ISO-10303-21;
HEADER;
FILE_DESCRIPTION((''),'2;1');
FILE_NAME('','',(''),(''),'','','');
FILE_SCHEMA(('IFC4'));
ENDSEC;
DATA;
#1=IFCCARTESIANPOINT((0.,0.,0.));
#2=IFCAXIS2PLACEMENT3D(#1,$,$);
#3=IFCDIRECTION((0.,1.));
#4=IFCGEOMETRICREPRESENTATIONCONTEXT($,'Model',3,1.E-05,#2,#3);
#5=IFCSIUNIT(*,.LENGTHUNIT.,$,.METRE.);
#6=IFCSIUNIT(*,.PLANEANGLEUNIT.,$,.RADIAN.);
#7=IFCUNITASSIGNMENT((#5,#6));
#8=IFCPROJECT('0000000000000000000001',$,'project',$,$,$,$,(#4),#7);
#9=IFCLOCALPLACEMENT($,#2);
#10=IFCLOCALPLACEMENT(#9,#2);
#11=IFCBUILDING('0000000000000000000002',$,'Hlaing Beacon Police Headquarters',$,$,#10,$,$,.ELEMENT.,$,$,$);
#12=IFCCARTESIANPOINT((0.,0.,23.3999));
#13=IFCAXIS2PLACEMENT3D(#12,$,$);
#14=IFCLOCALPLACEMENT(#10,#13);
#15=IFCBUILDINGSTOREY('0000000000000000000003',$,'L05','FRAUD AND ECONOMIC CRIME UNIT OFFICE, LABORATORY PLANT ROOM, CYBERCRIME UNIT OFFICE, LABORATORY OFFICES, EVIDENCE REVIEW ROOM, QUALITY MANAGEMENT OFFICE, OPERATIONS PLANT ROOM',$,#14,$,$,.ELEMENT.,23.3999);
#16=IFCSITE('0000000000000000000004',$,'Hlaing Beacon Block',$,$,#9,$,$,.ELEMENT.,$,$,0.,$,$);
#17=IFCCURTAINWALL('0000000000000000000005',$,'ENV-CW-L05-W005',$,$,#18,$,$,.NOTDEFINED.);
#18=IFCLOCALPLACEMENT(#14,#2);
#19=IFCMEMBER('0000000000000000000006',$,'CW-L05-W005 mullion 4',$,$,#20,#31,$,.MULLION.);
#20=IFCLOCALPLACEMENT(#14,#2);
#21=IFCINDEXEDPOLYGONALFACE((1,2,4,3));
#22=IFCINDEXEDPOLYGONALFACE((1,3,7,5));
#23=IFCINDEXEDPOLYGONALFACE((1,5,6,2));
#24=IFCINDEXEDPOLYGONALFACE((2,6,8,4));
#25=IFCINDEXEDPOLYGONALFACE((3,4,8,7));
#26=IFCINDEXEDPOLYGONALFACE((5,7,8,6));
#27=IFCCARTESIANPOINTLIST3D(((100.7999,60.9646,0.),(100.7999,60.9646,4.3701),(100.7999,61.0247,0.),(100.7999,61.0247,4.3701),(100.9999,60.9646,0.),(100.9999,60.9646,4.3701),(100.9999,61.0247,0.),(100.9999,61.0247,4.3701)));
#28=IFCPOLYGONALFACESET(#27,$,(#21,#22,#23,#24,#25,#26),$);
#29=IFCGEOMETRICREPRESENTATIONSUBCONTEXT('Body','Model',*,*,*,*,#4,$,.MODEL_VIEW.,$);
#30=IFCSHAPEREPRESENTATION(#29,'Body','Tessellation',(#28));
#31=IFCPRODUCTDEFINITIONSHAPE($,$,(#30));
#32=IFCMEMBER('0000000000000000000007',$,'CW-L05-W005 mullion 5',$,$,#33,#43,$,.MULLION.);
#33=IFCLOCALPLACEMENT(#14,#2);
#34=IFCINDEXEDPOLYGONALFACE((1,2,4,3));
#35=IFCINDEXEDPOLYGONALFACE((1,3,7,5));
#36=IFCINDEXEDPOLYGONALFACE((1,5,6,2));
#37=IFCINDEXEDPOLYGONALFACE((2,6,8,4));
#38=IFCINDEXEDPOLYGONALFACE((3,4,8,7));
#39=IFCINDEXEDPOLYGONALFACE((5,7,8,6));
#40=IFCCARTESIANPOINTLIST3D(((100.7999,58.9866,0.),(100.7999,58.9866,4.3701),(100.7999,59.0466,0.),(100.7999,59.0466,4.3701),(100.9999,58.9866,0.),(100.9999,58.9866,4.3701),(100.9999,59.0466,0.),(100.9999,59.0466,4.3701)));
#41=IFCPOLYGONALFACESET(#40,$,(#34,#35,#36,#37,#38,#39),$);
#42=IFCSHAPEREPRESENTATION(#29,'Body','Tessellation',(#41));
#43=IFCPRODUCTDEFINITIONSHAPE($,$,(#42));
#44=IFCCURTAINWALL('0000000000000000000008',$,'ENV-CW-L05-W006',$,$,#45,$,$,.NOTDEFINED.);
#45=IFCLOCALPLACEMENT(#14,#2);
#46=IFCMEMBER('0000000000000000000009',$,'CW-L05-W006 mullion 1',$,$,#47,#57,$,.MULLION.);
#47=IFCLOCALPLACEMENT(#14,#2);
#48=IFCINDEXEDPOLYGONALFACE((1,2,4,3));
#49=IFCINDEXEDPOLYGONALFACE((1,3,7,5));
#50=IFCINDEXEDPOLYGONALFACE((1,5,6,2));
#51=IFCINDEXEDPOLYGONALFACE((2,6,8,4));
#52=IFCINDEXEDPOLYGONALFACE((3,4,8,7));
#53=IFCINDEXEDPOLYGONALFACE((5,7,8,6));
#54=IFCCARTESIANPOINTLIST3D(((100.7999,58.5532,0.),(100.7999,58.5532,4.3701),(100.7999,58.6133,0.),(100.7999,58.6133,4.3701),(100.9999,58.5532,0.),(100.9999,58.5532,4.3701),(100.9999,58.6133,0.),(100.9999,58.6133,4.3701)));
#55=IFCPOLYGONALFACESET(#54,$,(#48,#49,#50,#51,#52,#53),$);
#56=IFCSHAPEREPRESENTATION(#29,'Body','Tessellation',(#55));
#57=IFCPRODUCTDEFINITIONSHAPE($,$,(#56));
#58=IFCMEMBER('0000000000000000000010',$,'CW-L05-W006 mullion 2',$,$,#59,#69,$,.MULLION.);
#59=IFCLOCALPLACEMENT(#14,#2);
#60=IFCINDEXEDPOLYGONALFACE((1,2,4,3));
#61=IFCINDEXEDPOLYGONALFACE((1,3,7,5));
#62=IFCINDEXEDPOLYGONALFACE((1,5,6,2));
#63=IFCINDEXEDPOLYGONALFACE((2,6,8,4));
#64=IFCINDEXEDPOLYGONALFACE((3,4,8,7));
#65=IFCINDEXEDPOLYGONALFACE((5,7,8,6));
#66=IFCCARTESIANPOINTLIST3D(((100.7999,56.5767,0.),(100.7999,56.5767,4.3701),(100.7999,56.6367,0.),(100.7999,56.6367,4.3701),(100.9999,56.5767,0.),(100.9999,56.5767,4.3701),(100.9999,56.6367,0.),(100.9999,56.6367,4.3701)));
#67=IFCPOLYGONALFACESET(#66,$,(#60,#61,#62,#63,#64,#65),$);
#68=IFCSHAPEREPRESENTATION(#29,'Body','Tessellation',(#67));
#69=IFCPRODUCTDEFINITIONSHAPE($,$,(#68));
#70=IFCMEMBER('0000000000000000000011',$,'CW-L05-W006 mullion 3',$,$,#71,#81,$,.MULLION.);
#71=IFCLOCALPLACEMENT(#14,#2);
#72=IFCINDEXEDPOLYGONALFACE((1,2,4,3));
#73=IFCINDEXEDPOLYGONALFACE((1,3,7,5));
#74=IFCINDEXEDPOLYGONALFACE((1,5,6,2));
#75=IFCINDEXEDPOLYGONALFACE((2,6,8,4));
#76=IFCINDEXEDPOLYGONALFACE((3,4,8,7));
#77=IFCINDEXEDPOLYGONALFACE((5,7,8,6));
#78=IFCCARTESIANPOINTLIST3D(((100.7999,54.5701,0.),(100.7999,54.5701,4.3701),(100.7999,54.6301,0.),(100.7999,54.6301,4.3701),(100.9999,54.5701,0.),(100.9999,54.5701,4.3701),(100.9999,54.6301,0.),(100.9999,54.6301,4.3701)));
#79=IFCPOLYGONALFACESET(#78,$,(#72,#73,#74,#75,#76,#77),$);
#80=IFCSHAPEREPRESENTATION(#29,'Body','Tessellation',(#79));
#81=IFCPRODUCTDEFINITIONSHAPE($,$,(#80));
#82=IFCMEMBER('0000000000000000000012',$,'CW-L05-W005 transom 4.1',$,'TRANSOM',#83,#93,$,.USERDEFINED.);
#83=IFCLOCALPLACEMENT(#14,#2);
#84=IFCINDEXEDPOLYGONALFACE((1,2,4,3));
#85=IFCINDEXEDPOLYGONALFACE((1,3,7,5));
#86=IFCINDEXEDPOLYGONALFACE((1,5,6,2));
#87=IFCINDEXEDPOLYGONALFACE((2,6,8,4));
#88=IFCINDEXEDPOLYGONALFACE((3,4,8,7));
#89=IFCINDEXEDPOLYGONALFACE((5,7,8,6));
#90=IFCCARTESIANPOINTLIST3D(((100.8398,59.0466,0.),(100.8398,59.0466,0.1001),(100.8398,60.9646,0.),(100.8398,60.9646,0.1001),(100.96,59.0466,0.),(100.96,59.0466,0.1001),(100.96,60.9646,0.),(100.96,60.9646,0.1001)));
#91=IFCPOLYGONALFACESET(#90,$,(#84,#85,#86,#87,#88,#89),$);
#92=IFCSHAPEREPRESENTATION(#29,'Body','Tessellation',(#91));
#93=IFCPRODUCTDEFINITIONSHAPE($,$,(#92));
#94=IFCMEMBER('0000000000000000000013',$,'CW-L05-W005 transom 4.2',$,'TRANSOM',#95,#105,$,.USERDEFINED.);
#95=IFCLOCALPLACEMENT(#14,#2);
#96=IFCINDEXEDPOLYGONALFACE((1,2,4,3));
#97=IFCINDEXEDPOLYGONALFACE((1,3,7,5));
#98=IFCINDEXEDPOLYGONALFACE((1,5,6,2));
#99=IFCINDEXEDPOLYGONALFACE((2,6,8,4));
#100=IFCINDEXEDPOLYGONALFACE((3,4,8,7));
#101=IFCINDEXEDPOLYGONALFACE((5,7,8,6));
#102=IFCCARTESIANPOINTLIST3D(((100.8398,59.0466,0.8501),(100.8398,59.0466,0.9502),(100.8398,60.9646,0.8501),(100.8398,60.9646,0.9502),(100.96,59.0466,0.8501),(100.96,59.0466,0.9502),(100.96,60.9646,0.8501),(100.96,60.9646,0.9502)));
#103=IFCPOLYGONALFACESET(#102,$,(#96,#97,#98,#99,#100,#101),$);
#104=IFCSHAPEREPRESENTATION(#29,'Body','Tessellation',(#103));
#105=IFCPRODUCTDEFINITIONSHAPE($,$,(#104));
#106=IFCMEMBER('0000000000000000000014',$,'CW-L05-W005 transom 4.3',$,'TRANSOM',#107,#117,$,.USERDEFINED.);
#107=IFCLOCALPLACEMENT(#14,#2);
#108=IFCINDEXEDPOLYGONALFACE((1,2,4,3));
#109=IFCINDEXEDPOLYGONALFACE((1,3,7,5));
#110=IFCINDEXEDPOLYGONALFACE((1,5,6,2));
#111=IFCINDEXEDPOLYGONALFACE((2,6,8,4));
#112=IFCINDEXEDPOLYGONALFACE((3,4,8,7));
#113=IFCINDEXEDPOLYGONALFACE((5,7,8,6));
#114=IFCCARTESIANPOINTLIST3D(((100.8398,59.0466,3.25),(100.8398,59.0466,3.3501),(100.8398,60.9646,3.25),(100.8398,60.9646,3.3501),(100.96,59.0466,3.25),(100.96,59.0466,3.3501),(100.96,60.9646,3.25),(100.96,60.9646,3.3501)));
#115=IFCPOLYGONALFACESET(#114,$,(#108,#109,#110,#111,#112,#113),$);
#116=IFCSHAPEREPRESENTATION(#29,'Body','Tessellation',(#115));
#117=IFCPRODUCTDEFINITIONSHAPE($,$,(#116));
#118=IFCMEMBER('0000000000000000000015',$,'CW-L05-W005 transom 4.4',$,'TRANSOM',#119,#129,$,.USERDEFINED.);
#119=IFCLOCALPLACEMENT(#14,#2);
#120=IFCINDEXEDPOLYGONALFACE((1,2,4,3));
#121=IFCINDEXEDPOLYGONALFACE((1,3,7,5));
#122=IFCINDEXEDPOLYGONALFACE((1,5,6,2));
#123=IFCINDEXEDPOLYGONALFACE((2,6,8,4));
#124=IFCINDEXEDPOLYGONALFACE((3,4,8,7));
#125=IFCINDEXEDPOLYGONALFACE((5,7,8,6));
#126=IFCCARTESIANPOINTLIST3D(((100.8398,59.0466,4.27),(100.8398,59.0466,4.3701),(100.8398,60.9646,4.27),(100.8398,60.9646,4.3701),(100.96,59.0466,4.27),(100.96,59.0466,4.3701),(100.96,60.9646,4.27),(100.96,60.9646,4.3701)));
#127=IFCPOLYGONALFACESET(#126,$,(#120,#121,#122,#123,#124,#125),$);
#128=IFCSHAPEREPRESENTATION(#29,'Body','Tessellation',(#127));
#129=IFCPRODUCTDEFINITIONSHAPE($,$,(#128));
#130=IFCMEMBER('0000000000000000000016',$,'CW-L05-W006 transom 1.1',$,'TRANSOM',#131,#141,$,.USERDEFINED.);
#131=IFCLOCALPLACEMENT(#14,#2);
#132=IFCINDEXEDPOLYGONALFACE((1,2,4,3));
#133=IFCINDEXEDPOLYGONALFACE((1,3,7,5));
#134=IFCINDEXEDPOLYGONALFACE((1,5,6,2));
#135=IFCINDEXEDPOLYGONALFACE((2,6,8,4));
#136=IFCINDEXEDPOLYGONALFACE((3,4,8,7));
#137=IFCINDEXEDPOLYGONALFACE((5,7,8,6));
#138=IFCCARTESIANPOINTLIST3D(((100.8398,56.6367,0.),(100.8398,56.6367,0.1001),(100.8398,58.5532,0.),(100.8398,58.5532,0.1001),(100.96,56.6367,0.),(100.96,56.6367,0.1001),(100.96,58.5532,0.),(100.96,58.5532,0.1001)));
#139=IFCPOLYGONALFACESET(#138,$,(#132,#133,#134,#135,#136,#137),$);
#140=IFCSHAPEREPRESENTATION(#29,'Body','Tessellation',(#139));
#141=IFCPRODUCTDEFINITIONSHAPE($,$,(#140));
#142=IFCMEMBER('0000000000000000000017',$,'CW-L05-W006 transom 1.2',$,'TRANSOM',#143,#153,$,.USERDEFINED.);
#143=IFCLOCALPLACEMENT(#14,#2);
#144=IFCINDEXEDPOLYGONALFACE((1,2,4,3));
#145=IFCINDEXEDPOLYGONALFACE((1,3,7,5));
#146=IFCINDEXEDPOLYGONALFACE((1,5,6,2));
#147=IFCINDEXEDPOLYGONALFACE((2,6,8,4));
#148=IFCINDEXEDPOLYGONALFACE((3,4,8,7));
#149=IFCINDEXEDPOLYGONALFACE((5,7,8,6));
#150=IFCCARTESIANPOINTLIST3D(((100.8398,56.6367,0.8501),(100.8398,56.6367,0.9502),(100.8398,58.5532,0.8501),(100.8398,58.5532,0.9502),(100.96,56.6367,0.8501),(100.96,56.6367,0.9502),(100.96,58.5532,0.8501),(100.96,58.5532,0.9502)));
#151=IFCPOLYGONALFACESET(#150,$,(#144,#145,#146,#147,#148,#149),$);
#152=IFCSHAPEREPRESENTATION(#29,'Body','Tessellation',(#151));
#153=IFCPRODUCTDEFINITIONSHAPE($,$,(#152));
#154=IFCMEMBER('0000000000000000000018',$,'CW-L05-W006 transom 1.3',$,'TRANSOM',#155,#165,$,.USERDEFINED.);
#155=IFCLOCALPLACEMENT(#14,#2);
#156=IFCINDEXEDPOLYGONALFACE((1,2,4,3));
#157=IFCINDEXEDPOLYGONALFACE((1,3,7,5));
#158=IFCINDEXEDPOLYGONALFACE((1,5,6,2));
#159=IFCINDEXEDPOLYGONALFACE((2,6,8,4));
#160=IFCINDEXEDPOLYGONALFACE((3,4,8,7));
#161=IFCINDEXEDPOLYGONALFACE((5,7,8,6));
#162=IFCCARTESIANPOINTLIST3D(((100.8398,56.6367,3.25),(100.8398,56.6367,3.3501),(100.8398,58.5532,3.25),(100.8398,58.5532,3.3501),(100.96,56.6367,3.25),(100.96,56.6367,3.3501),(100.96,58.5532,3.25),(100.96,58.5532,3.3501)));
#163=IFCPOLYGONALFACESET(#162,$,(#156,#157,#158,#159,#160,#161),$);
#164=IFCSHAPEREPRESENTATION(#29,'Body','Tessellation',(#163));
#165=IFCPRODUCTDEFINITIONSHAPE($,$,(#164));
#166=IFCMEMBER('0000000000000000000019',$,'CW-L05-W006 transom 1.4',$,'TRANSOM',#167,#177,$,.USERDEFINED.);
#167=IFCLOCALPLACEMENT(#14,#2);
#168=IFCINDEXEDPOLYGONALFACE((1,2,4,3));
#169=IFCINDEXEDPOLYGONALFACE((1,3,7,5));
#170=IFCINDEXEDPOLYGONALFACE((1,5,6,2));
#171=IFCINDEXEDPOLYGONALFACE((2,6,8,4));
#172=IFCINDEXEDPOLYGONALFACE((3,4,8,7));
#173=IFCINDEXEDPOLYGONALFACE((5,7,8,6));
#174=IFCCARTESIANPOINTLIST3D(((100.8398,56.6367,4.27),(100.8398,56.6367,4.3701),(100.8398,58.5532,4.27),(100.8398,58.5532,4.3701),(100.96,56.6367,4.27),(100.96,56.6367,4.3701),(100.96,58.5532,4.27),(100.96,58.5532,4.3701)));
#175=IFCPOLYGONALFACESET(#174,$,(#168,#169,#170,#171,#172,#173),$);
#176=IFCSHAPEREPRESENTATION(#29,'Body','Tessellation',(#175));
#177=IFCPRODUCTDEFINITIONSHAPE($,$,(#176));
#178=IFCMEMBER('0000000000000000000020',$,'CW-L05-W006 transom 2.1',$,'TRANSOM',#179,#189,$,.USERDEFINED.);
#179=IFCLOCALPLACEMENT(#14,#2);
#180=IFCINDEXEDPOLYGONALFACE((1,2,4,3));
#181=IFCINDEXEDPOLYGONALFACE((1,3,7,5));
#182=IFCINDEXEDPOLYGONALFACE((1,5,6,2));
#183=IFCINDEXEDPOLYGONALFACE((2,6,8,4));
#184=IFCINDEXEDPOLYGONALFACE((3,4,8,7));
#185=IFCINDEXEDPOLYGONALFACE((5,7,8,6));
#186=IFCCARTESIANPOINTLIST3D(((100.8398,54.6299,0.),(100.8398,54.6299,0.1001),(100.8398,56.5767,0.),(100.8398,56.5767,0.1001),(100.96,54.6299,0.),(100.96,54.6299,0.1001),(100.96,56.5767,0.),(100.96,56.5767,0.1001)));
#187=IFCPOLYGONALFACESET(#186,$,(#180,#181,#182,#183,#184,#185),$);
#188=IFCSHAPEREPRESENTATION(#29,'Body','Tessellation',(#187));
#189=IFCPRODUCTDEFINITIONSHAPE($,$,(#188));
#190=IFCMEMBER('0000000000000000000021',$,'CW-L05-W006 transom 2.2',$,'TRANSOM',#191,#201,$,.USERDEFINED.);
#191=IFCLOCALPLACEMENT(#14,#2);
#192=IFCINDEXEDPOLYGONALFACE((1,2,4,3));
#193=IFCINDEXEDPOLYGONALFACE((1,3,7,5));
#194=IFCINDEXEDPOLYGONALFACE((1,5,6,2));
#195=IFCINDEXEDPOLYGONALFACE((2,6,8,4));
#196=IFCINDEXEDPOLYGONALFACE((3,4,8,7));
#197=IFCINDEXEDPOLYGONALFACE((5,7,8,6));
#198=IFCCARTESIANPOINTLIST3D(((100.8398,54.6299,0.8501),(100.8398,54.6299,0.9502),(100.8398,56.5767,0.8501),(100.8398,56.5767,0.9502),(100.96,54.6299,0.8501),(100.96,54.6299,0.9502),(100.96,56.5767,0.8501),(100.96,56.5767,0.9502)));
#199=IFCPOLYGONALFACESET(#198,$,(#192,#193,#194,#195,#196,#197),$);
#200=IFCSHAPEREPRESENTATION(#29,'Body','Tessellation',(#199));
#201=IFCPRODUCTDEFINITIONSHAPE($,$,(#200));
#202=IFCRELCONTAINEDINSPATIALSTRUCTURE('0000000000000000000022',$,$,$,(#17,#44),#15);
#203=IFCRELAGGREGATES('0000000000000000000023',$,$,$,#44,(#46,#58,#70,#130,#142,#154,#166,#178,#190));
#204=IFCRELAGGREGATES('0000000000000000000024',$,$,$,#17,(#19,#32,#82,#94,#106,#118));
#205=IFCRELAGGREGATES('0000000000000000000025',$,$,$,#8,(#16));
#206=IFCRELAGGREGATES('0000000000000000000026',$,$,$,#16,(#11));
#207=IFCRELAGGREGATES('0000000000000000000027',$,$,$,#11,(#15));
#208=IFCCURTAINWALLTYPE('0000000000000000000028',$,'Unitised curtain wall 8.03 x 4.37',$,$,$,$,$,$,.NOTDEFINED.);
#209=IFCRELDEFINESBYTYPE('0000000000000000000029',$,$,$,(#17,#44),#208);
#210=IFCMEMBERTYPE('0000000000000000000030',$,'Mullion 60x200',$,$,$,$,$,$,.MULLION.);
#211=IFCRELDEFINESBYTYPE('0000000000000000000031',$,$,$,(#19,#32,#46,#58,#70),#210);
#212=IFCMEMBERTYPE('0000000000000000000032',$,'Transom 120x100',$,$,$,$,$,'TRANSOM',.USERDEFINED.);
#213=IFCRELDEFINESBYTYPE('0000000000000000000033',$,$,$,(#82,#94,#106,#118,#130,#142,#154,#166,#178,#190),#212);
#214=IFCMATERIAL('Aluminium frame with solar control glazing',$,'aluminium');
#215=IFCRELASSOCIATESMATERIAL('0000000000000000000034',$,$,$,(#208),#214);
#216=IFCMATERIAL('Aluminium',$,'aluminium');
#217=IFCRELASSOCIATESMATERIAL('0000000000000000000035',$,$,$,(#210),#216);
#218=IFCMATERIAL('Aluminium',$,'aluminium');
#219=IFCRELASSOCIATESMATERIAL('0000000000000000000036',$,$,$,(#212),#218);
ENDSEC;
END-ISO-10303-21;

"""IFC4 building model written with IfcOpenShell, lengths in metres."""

from ifc_helpers import new_model, si_unit, direction, frame, origin, origin_2d, place, context, subcontext, project, spatial, rectangle, extrude, material, material_profile, profile_set, type_object, element, aggregate, save


model = new_model("IFC4")

# Units and contexts
model_context = context("Model", 3, precision=1e-05, world=origin(), true_north=direction((0.0, 1.0)))
body_context = subcontext(model_context, "Body", "Model", "MODEL_VIEW")
ifc_project = project(units=[si_unit("LENGTHUNIT", "METRE"), si_unit("PLANEANGLEUNIT", "RADIAN")], contexts=[model_context])

# Site, building, storey
site_placement = place(None, origin())
site = spatial("IfcSite", under=ifc_project, at=site_placement, Name="Hlaing Beacon Block", CompositionType="ELEMENT", RefElevation=0.0)
building_placement = place(site_placement, origin())
building = spatial("IfcBuilding", under=site, at=building_placement, Name="Hlaing Beacon Police Headquarters", CompositionType="ELEMENT")
storey_placement = place(building_placement, frame((0.0, 0.0, 23.3999)))
storey = spatial("IfcBuildingStorey", under=building, at=storey_placement, Name="L05", Description="FRAUD AND ECONOMIC CRIME UNIT OFFICE, LABORATORY PLANT ROOM, CYBERCRIME UNIT OFFICE, LABORATORY OFFICES, EVIDENCE REVIEW ROOM, QUALITY MANAGEMENT OFFICE, OPERATIONS PLANT ROOM", CompositionType="ELEMENT", Elevation=23.3999)

# Curtain walls, members
ifc_material_1 = material(Name="Aluminium frame with solar control glazing", Category="aluminium")
curtain_wall_type = type_object("IfcCurtainWallType", Name="Unitised curtain wall 8.03 x 4.37", PredefinedType="NOTDEFINED", material=ifc_material_1)
curtain_wall_1_placement = place(storey_placement, origin())
curtain_wall_1 = element("IfcCurtainWall", 1, at=curtain_wall_1_placement, inside=storey, type_object=curtain_wall_type, Name="ENV-CW-L05-W005", PredefinedType="NOTDEFINED")
ifc_material_2 = material(Name="Aluminium", Category="aluminium")
ifc_material_profile_1 = material_profile(ifc_material_2, rectangle(XDim=0.2, YDim=0.0601, at=origin_2d()), Name="Mullion 60x200")
ifc_profile_set_1 = profile_set([ifc_material_profile_1], Name="Aluminium")
member_type_1 = type_object("IfcMemberType", Name="Mullion 60x200", PredefinedType="MULLION", material=ifc_profile_set_1)
member_1_placement = place(storey_placement, frame((100.8999, 60.9946, 0.0), z_axis=(0.0, 0.0, 1.0), x_axis=(1.0, 0.0, 0.0)))
member_1 = element("IfcMember", 2, at=member_1_placement, type_object=member_type_1, Name="CW-L05-W005 mullion 4", PredefinedType="MULLION", context=body_context, shape_type="SweptSolid", body=[
    extrude(rectangle(XDim=0.2, YDim=0.0601, at=origin_2d()), origin(), (0.0, 0.0, 1.0), 4.3701),
])
member_2_placement = place(storey_placement, frame((100.8999, 59.0166, 0.0), z_axis=(0.0, 0.0, 1.0), x_axis=(1.0, 0.0, 0.0)))
member_2 = element("IfcMember", 3, at=member_2_placement, type_object=member_type_1, Name="CW-L05-W005 mullion 5", PredefinedType="MULLION", context=body_context, shape_type="SweptSolid", body=[
    extrude(rectangle(XDim=0.2, YDim=0.0601, at=origin_2d()), origin(), (0.0, 0.0, 1.0), 4.3701),
])
curtain_wall_2_placement = place(storey_placement, origin())
curtain_wall_2 = element("IfcCurtainWall", 4, at=curtain_wall_2_placement, inside=storey, type_object=curtain_wall_type, Name="ENV-CW-L05-W006", PredefinedType="NOTDEFINED")
member_3_placement = place(storey_placement, frame((100.8999, 58.5833, 0.0), z_axis=(0.0, 0.0, 1.0), x_axis=(1.0, 0.0, 0.0)))
member_3 = element("IfcMember", 5, at=member_3_placement, type_object=member_type_1, Name="CW-L05-W006 mullion 1", PredefinedType="MULLION", context=body_context, shape_type="SweptSolid", body=[
    extrude(rectangle(XDim=0.2, YDim=0.0601, at=origin_2d()), origin(), (0.0, 0.0, 1.0), 4.3701),
])
member_4_placement = place(storey_placement, frame((100.8999, 56.6067, 0.0), z_axis=(0.0, 0.0, 1.0), x_axis=(1.0, 0.0, 0.0)))
member_4 = element("IfcMember", 6, at=member_4_placement, type_object=member_type_1, Name="CW-L05-W006 mullion 2", PredefinedType="MULLION", context=body_context, shape_type="SweptSolid", body=[
    extrude(rectangle(XDim=0.2, YDim=0.0601, at=origin_2d()), origin(), (0.0, 0.0, 1.0), 4.3701),
])
member_5_placement = place(storey_placement, frame((100.8999, 54.6001, 0.0), z_axis=(0.0, 0.0, 1.0), x_axis=(1.0, 0.0, 0.0)))
member_5 = element("IfcMember", 7, at=member_5_placement, type_object=member_type_1, Name="CW-L05-W006 mullion 3", PredefinedType="MULLION", context=body_context, shape_type="SweptSolid", body=[
    extrude(rectangle(XDim=0.2, YDim=0.0601, at=origin_2d()), origin(), (0.0, 0.0, 1.0), 4.3701),
])

# Members
ifc_material_3 = material(Name="Aluminium", Category="aluminium")
ifc_material_profile_2 = material_profile(ifc_material_3, rectangle(XDim=0.1201, YDim=0.1001, at=origin_2d()), Name="Transom 120x100")
ifc_profile_set_2 = profile_set([ifc_material_profile_2], Name="Aluminium")
member_type_2 = type_object("IfcMemberType", Name="Transom 120x100", ElementType="TRANSOM", PredefinedType="USERDEFINED", material=ifc_profile_set_2)
member_6_placement = place(storey_placement, frame((100.8999, 60.9646, 0.05), z_axis=(0.0, -1.0, 0.0), x_axis=(1.0, 0.0, 0.0)))
member_6 = element("IfcMember", 8, at=member_6_placement, type_object=member_type_2, Name="CW-L05-W005 transom 4.1", ObjectType="TRANSOM", PredefinedType="USERDEFINED", context=body_context, shape_type="SweptSolid", body=[
    extrude(rectangle(XDim=0.1201, YDim=0.1001, at=origin_2d()), origin(), (0.0, 0.0, 1.0), 1.918),
])
member_7_placement = place(storey_placement, frame((100.8999, 60.9646, 0.9001), z_axis=(0.0, -1.0, 0.0), x_axis=(1.0, 0.0, 0.0)))
member_7 = element("IfcMember", 9, at=member_7_placement, type_object=member_type_2, Name="CW-L05-W005 transom 4.2", ObjectType="TRANSOM", PredefinedType="USERDEFINED", context=body_context, shape_type="SweptSolid", body=[
    extrude(rectangle(XDim=0.1201, YDim=0.1001, at=origin_2d()), origin(), (0.0, 0.0, 1.0), 1.918),
])
member_8_placement = place(storey_placement, frame((100.8999, 60.9646, 3.3), z_axis=(0.0, -1.0, 0.0), x_axis=(1.0, 0.0, 0.0)))
member_8 = element("IfcMember", 10, at=member_8_placement, type_object=member_type_2, Name="CW-L05-W005 transom 4.3", ObjectType="TRANSOM", PredefinedType="USERDEFINED", context=body_context, shape_type="SweptSolid", body=[
    extrude(rectangle(XDim=0.1201, YDim=0.1001, at=origin_2d()), origin(), (0.0, 0.0, 1.0), 1.918),
])
member_9_placement = place(storey_placement, frame((100.8999, 60.9646, 4.3201), z_axis=(0.0, -1.0, 0.0), x_axis=(1.0, 0.0, 0.0)))
member_9 = element("IfcMember", 11, at=member_9_placement, type_object=member_type_2, Name="CW-L05-W005 transom 4.4", ObjectType="TRANSOM", PredefinedType="USERDEFINED", context=body_context, shape_type="SweptSolid", body=[
    extrude(rectangle(XDim=0.1201, YDim=0.1001, at=origin_2d()), origin(), (0.0, 0.0, 1.0), 1.918),
])
member_10_placement = place(storey_placement, frame((100.8999, 58.5532, 0.05), z_axis=(0.0, -1.0, 0.0), x_axis=(1.0, 0.0, 0.0)))
member_10 = element("IfcMember", 12, at=member_10_placement, type_object=member_type_2, Name="CW-L05-W006 transom 1.1", ObjectType="TRANSOM", PredefinedType="USERDEFINED", context=body_context, shape_type="SweptSolid", body=[
    extrude(rectangle(XDim=0.1201, YDim=0.1001, at=origin_2d()), origin(), (0.0, 0.0, 1.0), 1.9165),
])
member_11_placement = place(storey_placement, frame((100.8999, 58.5532, 0.9001), z_axis=(0.0, -1.0, 0.0), x_axis=(1.0, 0.0, 0.0)))
member_11 = element("IfcMember", 13, at=member_11_placement, type_object=member_type_2, Name="CW-L05-W006 transom 1.2", ObjectType="TRANSOM", PredefinedType="USERDEFINED", context=body_context, shape_type="SweptSolid", body=[
    extrude(rectangle(XDim=0.1201, YDim=0.1001, at=origin_2d()), origin(), (0.0, 0.0, 1.0), 1.9165),
])
member_12_placement = place(storey_placement, frame((100.8999, 58.5532, 3.3), z_axis=(0.0, -1.0, 0.0), x_axis=(1.0, 0.0, 0.0)))
member_12 = element("IfcMember", 14, at=member_12_placement, type_object=member_type_2, Name="CW-L05-W006 transom 1.3", ObjectType="TRANSOM", PredefinedType="USERDEFINED", context=body_context, shape_type="SweptSolid", body=[
    extrude(rectangle(XDim=0.1201, YDim=0.1001, at=origin_2d()), origin(), (0.0, 0.0, 1.0), 1.9165),
])
member_13_placement = place(storey_placement, frame((100.8999, 58.5532, 4.3201), z_axis=(0.0, -1.0, 0.0), x_axis=(1.0, 0.0, 0.0)))
member_13 = element("IfcMember", 15, at=member_13_placement, type_object=member_type_2, Name="CW-L05-W006 transom 1.4", ObjectType="TRANSOM", PredefinedType="USERDEFINED", context=body_context, shape_type="SweptSolid", body=[
    extrude(rectangle(XDim=0.1201, YDim=0.1001, at=origin_2d()), origin(), (0.0, 0.0, 1.0), 1.9165),
])
member_14_placement = place(storey_placement, frame((100.8999, 56.5767, 0.05), z_axis=(0.0, -1.0, 0.0), x_axis=(1.0, 0.0, 0.0)))
member_14 = element("IfcMember", 16, at=member_14_placement, type_object=member_type_2, Name="CW-L05-W006 transom 2.1", ObjectType="TRANSOM", PredefinedType="USERDEFINED", context=body_context, shape_type="SweptSolid", body=[
    extrude(rectangle(XDim=0.1201, YDim=0.1001, at=origin_2d()), origin(), (0.0, 0.0, 1.0), 1.9468),
])
member_15_placement = place(storey_placement, frame((100.8999, 56.5767, 0.9001), z_axis=(0.0, -1.0, 0.0), x_axis=(1.0, 0.0, 0.0)))
member_15 = element("IfcMember", 17, at=member_15_placement, type_object=member_type_2, Name="CW-L05-W006 transom 2.2", ObjectType="TRANSOM", PredefinedType="USERDEFINED", context=body_context, shape_type="SweptSolid", body=[
    extrude(rectangle(XDim=0.1201, YDim=0.1001, at=origin_2d()), origin(), (0.0, 0.0, 1.0), 1.9468),
])
aggregate(curtain_wall_2, [member_3, member_4, member_5, member_10, member_11, member_12, member_13, member_14, member_15])

aggregate(curtain_wall_1, [member_1, member_2, member_6, member_7, member_8, member_9])

save(model, "model.ifc")
